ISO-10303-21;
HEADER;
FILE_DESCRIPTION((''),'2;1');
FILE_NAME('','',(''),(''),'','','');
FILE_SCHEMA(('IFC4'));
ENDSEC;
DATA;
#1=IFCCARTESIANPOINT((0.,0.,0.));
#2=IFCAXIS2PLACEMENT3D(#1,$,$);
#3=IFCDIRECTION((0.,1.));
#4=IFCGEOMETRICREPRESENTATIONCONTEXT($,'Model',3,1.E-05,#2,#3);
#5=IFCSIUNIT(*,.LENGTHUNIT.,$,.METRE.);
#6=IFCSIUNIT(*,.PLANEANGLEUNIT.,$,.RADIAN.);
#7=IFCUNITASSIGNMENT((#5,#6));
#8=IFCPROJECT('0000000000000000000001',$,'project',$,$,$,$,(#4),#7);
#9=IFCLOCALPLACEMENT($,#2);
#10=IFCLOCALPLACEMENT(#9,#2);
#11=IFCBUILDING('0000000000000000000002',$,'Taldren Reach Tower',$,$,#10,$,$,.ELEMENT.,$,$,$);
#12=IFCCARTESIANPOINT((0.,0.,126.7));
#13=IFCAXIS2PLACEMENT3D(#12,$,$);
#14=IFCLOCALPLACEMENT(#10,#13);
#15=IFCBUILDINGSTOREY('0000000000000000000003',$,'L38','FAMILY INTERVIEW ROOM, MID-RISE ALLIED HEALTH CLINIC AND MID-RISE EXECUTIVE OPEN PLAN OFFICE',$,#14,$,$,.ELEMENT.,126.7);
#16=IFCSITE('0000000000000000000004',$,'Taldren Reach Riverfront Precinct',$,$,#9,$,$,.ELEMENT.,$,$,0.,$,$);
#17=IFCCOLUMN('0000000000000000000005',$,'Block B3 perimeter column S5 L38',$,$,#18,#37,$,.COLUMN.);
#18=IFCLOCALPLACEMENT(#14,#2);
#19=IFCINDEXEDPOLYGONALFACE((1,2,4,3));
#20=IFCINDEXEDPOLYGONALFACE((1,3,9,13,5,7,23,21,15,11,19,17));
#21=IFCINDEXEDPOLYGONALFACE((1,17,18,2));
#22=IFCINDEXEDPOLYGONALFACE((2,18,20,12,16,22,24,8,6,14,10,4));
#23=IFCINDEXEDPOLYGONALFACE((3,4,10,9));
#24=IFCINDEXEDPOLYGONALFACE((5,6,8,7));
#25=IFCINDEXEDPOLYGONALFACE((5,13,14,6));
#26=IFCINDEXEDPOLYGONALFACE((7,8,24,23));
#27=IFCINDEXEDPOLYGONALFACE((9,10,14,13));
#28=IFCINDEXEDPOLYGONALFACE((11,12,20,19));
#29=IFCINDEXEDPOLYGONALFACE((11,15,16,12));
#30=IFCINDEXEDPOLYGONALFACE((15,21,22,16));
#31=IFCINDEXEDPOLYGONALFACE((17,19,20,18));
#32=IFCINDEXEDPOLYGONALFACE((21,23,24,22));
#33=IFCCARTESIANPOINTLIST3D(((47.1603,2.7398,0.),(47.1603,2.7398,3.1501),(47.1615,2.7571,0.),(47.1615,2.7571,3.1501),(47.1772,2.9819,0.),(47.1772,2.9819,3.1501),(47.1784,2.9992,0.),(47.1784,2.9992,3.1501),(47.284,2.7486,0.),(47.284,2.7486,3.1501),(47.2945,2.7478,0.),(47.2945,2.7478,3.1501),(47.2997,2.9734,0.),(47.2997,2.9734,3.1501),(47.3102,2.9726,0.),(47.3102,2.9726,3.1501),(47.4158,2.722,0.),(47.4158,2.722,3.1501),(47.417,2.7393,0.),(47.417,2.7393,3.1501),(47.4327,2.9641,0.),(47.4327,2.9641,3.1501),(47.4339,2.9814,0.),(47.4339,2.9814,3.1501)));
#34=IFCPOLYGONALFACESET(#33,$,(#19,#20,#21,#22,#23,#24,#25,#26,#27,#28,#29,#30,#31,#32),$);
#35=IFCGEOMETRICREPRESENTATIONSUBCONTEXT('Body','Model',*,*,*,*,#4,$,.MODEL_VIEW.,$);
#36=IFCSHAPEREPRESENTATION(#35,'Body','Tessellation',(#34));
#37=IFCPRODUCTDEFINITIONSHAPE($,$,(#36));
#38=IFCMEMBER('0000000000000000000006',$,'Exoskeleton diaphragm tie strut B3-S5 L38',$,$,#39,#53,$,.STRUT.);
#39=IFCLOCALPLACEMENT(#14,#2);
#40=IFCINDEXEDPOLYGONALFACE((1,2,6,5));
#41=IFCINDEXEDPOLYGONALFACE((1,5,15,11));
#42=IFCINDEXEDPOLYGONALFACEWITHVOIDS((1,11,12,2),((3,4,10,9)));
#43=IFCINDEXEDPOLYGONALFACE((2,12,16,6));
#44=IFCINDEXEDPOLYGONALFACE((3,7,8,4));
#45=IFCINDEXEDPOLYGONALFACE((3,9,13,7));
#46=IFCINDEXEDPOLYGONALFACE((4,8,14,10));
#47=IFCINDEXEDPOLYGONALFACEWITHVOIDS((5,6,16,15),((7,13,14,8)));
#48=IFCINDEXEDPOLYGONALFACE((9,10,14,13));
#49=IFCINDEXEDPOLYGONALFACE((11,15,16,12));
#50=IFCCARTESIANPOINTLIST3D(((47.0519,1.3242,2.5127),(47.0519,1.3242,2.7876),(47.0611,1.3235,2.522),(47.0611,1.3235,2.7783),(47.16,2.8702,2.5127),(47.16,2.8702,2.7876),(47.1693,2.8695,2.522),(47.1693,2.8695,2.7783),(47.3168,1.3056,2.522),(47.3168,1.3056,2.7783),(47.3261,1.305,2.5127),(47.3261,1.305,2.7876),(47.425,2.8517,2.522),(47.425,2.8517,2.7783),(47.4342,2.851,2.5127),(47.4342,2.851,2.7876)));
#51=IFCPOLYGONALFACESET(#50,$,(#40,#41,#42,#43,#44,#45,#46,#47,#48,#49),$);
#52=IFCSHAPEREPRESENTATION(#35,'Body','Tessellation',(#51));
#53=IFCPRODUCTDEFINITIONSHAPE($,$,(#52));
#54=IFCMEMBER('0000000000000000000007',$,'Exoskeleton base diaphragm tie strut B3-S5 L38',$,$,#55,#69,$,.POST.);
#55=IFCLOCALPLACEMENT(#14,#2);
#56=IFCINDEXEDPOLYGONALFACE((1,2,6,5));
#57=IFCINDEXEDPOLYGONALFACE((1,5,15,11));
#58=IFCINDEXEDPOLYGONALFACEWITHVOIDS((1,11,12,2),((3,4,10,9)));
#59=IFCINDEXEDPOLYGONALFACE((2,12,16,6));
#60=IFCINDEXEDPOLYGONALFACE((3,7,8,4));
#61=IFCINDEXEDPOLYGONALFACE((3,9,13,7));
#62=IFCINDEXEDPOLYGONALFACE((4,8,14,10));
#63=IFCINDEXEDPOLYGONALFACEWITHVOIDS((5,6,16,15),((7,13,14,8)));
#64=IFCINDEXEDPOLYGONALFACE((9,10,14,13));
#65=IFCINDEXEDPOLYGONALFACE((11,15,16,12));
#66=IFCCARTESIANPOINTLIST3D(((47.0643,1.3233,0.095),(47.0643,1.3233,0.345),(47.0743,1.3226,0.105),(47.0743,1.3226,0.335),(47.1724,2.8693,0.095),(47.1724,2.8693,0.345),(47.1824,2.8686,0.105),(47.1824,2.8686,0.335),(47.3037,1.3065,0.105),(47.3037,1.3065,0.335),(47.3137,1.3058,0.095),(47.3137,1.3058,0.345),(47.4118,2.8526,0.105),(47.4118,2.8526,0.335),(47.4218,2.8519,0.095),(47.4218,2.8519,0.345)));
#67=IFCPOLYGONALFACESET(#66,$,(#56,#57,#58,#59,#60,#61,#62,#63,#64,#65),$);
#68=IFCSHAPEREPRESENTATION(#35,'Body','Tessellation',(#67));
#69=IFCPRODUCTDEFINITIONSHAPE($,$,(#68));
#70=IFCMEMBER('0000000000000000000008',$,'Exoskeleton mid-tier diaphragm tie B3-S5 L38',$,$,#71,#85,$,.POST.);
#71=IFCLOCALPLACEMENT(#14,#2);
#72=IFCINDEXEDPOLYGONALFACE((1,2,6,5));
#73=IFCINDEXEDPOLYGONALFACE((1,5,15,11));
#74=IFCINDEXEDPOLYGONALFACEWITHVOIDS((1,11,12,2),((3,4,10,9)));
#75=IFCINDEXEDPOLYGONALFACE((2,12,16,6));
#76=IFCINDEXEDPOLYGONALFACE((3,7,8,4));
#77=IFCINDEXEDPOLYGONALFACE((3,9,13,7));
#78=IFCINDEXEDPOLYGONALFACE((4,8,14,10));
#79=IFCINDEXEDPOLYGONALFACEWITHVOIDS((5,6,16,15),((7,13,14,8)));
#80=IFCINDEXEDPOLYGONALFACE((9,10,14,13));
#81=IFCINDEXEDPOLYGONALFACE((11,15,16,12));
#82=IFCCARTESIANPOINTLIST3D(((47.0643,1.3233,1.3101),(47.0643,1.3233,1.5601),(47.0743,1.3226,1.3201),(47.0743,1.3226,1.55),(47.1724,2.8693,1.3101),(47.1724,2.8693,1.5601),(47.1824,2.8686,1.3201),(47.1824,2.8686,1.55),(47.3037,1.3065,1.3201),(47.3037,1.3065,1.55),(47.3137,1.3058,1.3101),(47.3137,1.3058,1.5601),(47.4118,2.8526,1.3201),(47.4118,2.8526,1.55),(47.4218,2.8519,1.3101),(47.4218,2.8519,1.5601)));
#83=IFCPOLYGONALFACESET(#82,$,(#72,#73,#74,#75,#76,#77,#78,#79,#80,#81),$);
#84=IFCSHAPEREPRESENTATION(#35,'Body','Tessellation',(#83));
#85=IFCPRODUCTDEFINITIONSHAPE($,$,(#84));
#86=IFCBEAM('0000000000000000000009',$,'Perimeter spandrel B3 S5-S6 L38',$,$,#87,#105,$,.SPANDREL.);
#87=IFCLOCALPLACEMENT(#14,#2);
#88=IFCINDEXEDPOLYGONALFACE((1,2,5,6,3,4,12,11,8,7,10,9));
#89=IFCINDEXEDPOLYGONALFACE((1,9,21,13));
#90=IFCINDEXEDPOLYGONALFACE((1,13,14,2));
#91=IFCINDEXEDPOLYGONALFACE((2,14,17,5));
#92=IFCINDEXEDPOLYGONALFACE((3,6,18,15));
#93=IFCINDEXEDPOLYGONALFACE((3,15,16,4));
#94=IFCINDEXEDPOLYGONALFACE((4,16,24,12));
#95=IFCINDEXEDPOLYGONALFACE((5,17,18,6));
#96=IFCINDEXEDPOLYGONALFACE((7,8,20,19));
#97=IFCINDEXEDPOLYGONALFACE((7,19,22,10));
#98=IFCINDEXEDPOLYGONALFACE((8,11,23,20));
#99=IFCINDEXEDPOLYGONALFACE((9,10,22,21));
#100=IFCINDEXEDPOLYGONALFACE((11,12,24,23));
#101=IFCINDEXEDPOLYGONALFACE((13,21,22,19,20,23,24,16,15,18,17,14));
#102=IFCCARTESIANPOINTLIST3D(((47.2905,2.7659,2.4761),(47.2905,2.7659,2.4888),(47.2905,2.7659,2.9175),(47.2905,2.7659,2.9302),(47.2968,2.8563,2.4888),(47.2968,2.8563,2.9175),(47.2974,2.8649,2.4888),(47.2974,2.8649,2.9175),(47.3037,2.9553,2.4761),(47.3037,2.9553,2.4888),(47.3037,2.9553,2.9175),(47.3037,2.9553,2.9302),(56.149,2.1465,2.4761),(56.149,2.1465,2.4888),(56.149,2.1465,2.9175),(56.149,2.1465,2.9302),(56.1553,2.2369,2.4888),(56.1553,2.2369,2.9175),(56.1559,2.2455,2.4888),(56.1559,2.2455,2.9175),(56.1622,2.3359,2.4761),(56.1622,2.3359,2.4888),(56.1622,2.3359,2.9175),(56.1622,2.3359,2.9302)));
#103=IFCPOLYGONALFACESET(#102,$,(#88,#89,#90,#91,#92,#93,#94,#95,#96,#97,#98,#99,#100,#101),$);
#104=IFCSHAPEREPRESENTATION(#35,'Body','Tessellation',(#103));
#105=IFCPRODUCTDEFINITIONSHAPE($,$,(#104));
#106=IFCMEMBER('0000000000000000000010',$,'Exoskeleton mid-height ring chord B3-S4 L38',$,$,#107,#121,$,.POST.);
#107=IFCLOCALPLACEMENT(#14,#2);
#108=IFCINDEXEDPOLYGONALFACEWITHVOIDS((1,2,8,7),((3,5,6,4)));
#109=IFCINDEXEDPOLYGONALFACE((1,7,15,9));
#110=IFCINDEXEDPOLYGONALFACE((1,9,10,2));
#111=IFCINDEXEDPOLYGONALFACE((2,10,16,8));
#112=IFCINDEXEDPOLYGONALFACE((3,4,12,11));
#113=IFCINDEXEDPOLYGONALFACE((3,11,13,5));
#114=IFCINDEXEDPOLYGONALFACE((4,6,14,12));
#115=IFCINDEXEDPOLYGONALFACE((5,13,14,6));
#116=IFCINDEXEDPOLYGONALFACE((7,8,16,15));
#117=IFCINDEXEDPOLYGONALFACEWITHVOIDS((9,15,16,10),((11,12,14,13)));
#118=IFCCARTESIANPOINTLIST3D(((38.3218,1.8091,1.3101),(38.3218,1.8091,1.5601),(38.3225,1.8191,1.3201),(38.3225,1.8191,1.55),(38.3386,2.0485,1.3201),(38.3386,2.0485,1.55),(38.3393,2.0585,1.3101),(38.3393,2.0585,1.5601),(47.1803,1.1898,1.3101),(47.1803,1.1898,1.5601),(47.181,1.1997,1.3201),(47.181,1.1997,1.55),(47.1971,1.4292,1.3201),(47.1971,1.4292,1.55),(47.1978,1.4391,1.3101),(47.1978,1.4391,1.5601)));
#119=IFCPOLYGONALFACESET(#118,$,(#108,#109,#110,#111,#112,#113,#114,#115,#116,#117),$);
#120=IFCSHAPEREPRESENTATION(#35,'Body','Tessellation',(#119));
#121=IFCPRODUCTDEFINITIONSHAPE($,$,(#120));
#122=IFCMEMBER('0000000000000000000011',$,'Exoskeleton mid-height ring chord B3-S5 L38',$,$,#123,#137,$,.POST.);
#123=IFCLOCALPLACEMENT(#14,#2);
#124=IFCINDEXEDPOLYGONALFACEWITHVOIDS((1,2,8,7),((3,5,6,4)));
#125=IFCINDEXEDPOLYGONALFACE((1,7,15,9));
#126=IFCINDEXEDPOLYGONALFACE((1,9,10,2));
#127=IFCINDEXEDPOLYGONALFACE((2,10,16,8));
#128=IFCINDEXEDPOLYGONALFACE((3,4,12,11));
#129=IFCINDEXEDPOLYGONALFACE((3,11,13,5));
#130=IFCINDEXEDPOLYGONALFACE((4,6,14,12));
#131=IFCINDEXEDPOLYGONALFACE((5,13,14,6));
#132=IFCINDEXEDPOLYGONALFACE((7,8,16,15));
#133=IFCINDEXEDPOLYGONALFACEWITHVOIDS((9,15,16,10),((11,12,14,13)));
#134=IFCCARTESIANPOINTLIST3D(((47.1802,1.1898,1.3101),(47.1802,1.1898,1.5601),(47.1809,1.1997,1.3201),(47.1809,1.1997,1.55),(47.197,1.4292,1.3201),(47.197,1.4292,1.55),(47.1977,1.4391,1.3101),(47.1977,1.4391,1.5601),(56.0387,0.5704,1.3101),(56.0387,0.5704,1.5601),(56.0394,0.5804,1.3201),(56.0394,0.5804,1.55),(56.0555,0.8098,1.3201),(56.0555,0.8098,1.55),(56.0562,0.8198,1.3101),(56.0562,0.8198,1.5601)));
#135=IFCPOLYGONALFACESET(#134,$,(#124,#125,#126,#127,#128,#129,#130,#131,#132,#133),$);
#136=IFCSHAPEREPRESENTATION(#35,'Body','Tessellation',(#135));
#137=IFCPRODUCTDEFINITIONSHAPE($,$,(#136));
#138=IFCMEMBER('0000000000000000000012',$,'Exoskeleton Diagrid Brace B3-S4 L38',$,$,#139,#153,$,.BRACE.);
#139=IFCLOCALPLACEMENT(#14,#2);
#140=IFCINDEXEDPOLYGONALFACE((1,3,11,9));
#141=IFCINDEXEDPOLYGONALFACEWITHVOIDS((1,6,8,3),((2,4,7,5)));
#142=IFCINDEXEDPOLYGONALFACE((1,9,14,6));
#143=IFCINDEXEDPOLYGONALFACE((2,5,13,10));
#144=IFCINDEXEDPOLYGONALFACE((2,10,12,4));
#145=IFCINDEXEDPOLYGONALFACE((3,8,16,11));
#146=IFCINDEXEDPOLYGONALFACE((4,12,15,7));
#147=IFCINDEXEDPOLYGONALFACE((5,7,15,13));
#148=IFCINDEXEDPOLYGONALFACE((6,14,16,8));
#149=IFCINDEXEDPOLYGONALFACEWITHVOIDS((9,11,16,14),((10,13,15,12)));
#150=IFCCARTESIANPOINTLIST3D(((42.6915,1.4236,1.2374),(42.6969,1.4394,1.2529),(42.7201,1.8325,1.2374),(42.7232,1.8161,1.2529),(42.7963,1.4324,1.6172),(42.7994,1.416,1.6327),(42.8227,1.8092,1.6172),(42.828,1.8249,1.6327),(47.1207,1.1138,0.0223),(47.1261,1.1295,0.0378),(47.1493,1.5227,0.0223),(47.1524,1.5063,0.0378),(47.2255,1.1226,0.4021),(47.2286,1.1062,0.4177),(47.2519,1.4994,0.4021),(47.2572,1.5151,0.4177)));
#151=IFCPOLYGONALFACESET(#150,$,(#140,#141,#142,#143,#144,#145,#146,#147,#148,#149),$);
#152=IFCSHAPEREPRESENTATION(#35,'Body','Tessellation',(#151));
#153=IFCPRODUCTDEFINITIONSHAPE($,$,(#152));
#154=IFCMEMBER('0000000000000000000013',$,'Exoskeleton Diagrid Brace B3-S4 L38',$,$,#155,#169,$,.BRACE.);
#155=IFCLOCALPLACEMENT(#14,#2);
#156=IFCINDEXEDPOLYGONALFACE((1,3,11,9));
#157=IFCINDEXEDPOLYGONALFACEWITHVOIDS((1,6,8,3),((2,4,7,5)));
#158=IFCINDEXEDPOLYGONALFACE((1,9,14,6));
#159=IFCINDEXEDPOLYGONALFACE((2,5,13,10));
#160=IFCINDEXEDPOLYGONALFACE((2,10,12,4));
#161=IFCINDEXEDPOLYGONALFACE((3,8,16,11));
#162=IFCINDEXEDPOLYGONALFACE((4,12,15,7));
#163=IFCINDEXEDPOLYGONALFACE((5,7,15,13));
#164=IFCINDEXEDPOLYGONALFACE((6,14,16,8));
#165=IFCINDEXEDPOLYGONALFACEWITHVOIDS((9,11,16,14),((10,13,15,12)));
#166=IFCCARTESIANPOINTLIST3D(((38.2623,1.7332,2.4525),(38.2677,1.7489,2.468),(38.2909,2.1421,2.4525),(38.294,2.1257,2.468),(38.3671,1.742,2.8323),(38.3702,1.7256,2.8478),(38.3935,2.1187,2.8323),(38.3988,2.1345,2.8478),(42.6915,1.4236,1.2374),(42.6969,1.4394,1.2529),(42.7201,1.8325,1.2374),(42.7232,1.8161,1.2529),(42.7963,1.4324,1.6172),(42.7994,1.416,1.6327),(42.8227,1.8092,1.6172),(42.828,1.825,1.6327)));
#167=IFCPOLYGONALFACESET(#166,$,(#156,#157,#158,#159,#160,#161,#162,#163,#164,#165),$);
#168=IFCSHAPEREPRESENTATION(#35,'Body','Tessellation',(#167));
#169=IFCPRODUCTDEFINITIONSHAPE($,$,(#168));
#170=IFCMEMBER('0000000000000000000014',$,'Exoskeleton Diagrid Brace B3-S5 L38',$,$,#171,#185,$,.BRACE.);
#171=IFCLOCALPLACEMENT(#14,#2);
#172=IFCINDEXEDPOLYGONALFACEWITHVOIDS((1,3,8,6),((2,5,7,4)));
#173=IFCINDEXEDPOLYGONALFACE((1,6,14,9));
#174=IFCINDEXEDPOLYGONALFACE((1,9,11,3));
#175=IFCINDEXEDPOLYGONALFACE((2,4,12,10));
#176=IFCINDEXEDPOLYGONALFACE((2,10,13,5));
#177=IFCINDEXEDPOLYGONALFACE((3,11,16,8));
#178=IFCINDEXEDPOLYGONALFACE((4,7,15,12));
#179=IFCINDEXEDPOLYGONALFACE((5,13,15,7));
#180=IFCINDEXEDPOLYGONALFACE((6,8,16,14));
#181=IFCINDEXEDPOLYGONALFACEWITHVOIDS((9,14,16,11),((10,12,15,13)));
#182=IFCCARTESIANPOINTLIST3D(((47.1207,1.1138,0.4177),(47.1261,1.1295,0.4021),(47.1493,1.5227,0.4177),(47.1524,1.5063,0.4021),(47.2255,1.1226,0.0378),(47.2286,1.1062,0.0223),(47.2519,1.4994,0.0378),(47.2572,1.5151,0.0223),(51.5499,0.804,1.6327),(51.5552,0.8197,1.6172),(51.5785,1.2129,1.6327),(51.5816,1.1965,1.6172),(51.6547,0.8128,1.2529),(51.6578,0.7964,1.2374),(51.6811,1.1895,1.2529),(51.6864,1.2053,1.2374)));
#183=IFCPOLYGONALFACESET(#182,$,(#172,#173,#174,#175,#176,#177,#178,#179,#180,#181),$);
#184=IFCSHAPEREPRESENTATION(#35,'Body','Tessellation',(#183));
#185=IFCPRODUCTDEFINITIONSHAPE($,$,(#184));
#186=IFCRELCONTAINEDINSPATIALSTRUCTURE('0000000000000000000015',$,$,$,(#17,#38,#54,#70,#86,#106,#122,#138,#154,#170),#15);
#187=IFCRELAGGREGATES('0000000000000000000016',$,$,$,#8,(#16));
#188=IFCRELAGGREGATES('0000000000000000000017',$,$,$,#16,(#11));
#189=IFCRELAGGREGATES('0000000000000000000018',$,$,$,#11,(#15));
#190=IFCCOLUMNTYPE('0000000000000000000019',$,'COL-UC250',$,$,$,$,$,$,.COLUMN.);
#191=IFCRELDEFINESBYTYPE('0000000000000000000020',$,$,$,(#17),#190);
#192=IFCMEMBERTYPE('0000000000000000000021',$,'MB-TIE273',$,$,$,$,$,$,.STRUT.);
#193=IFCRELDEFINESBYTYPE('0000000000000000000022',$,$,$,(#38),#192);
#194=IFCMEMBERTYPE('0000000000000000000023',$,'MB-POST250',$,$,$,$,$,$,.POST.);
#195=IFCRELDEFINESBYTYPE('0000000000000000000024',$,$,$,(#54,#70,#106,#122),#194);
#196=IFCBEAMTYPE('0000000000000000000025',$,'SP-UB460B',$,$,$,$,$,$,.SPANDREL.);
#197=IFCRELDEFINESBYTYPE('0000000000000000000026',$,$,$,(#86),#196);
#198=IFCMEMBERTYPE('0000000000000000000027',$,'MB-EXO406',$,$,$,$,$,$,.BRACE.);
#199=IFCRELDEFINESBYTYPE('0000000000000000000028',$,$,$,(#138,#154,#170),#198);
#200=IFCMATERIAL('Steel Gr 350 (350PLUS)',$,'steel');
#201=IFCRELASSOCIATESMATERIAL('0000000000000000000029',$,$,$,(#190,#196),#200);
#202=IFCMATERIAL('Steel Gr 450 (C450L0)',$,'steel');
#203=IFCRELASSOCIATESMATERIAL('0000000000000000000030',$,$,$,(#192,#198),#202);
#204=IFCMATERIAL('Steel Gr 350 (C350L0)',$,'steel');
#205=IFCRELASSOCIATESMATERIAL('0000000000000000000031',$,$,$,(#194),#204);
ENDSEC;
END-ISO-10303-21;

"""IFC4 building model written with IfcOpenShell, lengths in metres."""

from ifc_helpers import new_model, si_unit, direction, frame, origin, origin_2d, place, context, subcontext, project, spatial, hollow_rectangle, i_section, extrude, source, transform, mapped, material, material_profile, profile_set, type_object, element, save


model = new_model("IFC4")

# Units and contexts
model_context = context("Model", 3, precision=1e-05, world=origin(), true_north=direction((0.0, 1.0)))
body_context = subcontext(model_context, "Body", "Model", "MODEL_VIEW")
ifc_project = project(units=[si_unit("LENGTHUNIT", "METRE"), si_unit("PLANEANGLEUNIT", "RADIAN")], contexts=[model_context])

# Site, building, storey
site_placement = place(None, origin())
site = spatial("IfcSite", under=ifc_project, at=site_placement, Name="Taldren Reach Riverfront Precinct", CompositionType="ELEMENT", RefElevation=0.0)
building_placement = place(site_placement, origin())
building = spatial("IfcBuilding", under=site, at=building_placement, Name="Taldren Reach Tower", CompositionType="ELEMENT")
storey_placement = place(building_placement, frame((0.0, 0.0, 126.7)))
storey = spatial("IfcBuildingStorey", under=building, at=storey_placement, Name="L38", Description="FAMILY INTERVIEW ROOM, MID-RISE ALLIED HEALTH CLINIC AND MID-RISE EXECUTIVE OPEN PLAN OFFICE", CompositionType="ELEMENT", Elevation=126.7)

# Column
ifc_material_1 = material(Name="Steel Gr 350 (350PLUS)", Category="steel")
ifc_material_profile_1 = material_profile(ifc_material_1, i_section(OverallWidth=0.2561, OverallDepth=0.26, WebThickness=0.0105, FlangeThickness=0.0173, at=origin_2d()), Name="250UC89.5")
ifc_profile_set_1 = profile_set([ifc_material_profile_1], Name="Steel Gr 350 (350PLUS)")
column_type = type_object("IfcColumnType", Name="COL-UC250", PredefinedType="COLUMN", material=ifc_profile_set_1)
shared_shape_1 = source(origin(), body_context, "Body", "SweptSolid", [
    extrude(i_section(OverallWidth=0.2561, OverallDepth=0.26, WebThickness=0.0105, FlangeThickness=0.0173, at=origin_2d()), origin(), (0.0, 0.0, 1.0), 3.1501),
])
column_placement = place(storey_placement, frame((47.2971, 2.8606, 0.0), z_axis=(0.0, 0.0, 1.0), x_axis=(0.997564, -0.069756, 0.0)))
element("IfcColumn", 1, at=column_placement, inside=storey, type_object=column_type, Name="Block B3 perimeter column S5 L38", PredefinedType="COLUMN", context=body_context, shape_type="MappedRepresentation", body=[
    mapped(shared_shape_1, transform((0.0, 0.0, 0.0), scale=1.0)),
])

# Members
ifc_material_2 = material(Name="Steel Gr 450 (C450L0)", Category="steel")
ifc_material_profile_2 = material_profile(ifc_material_2, hollow_rectangle(XDim=0.2749, YDim=0.2749, WallThickness=0.0093, at=origin_2d()), Name="275x275x9.3SHS")
ifc_profile_set_2 = profile_set([ifc_material_profile_2], Name="Steel Gr 450 (C450L0)")
member_type_1 = type_object("IfcMemberType", Name="MB-TIE273", PredefinedType="STRUT", material=ifc_profile_set_2)
shared_shape_2 = source(origin(), body_context, "Body", "SweptSolid", [
    extrude(hollow_rectangle(XDim=0.2749, YDim=0.2749, WallThickness=0.0093, at=origin_2d()), origin(), (0.0, 0.0, 1.0), 1.5498),
])
member_1_placement = place(storey_placement, frame((47.2971, 2.8606, 2.6501), z_axis=(-0.069781, -0.997562, 0.0), x_axis=(0.997562, -0.069781, 0.0)))
element("IfcMember", 2, at=member_1_placement, inside=storey, type_object=member_type_1, Name="Exoskeleton diaphragm tie strut B3-S5 L38", PredefinedType="STRUT", context=body_context, shape_type="MappedRepresentation", body=[
    mapped(shared_shape_2, transform((0.0, 0.0, 0.0), scale=1.0)),
])
ifc_material_3 = material(Name="Steel Gr 350 (C350L0)", Category="steel")
ifc_material_profile_3 = material_profile(ifc_material_3, hollow_rectangle(XDim=0.25, YDim=0.25, WallThickness=0.01, at=origin_2d()), Name="250x250x10.0SHS")
ifc_profile_set_3 = profile_set([ifc_material_profile_3], Name="Steel Gr 350 (C350L0)")
member_type_2 = type_object("IfcMemberType", Name="MB-POST250", PredefinedType="POST", material=ifc_profile_set_3)
shared_shape_3 = source(origin(), body_context, "Body", "SweptSolid", [
    extrude(hollow_rectangle(XDim=0.25, YDim=0.25, WallThickness=0.01, at=origin_2d()), origin(), (0.0, 0.0, 1.0), 1.5498),
])
for number, where, z_axis, x_axis, name in (
    (3, (47.2971, 2.8606, 0.22), (-0.069781, -0.997562, 0.0), (0.997562, -0.069781, 0.0), "Exoskeleton base diaphragm tie strut B3-S5 L38"),
    (4, (47.2971, 2.8606, 1.4351), (-0.069781, -0.997562, 0.0), (0.997562, -0.069781, 0.0), "Exoskeleton mid-tier diaphragm tie B3-S5 L38"),
):
    element("IfcMember", number, at=place(storey_placement, frame(where, z_axis=z_axis, x_axis=x_axis)), inside=storey, type_object=member_type_2, Name=name, PredefinedType="POST", context=body_context, shape_type="MappedRepresentation", body=[
        mapped(shared_shape_3, transform((0.0, 0.0, 0.0), scale=1.0)),
    ])

# Beam
ifc_material_profile_4 = material_profile(ifc_material_1, i_section(OverallWidth=0.1899, OverallDepth=0.4541, WebThickness=0.0085, FlangeThickness=0.0127, at=origin_2d()), Name="460UB67.1")
ifc_profile_set_4 = profile_set([ifc_material_profile_4], Name="Steel Gr 350 (350PLUS)")
beam_type = type_object("IfcBeamType", Name="SP-UB460B", PredefinedType="SPANDREL", material=ifc_profile_set_4)
shared_shape_4 = source(origin(), body_context, "Body", "SweptSolid", [
    extrude(i_section(OverallWidth=0.1899, OverallDepth=0.4541, WebThickness=0.0085, FlangeThickness=0.0127, at=origin_2d()), origin(), (0.0, 0.0, 1.0), 8.8801),
])
beam_placement = place(storey_placement, frame((47.2971, 2.8606, 2.7031), z_axis=(0.997564, -0.06975, 0.0), x_axis=(0.06975, 0.997564, 0.0)))
element("IfcBeam", 5, at=beam_placement, inside=storey, type_object=beam_type, Name="Perimeter spandrel B3 S5-S6 L38", PredefinedType="SPANDREL", context=body_context, shape_type="MappedRepresentation", body=[
    mapped(shared_shape_4, transform((0.0, 0.0, 0.0), scale=1.0)),
])

# Members
shared_shape_5 = source(origin(), body_context, "Body", "SweptSolid", [
    extrude(hollow_rectangle(XDim=0.25, YDim=0.25, WallThickness=0.01, at=origin_2d()), origin(), (0.0, 0.0, 1.0), 8.8801),
])
for number, where, z_axis, x_axis, name in (
    (6, (38.3306, 1.9338, 1.4351), (0.997564, -0.06975, 0.0), (0.06975, 0.997564, 0.0), "Exoskeleton mid-height ring chord B3-S4 L38"),
    (7, (47.189, 1.3145, 1.4351), (0.997564, -0.06975, 0.0), (0.06975, 0.997564, 0.0), "Exoskeleton mid-height ring chord B3-S5 L38"),
):
    element("IfcMember", number, at=place(storey_placement, frame(where, z_axis=z_axis, x_axis=x_axis)), inside=storey, type_object=member_type_2, Name=name, PredefinedType="POST", context=body_context, shape_type="MappedRepresentation", body=[
        mapped(shared_shape_5, transform((0.0, 0.0, 0.0), scale=1.0)),
    ])
ifc_material_profile_5 = material_profile(ifc_material_2, hollow_rectangle(XDim=0.4099, YDim=0.4099, WallThickness=0.0161, at=origin_2d()), Name="410x410x16.0SHS")
ifc_profile_set_5 = profile_set([ifc_material_profile_5], Name="Steel Gr 450 (C450L0)")
member_type_3 = type_object("IfcMemberType", Name="MB-EXO406", PredefinedType="BRACE", material=ifc_profile_set_5)
shared_shape_6 = source(origin(), body_context, "Body", "SweptSolid", [
    extrude(hollow_rectangle(XDim=0.4099, YDim=0.4099, WallThickness=0.0161, at=origin_2d()), origin(), (0.0, 0.0, 1.0), 4.6033),
])
for number, where, z_axis, x_axis, name in (
    (8, (47.189, 1.3145, 0.22), (-0.962182, 0.067303, 0.263961), (-0.069778, -0.997563, 0.0), "Exoskeleton Diagrid Brace B3-S4 L38"),
    (9, (42.7598, 1.6243, 1.4351), (-0.962186, 0.06725, 0.263962), (-0.069723, -0.997566, 0.0), "Exoskeleton Diagrid Brace B3-S4 L38"),
    (10, (47.189, 1.3145, 0.22), (0.962182, -0.067303, 0.263961), (0.069778, 0.997563, 0.0), "Exoskeleton Diagrid Brace B3-S5 L38"),
):
    element("IfcMember", number, at=place(storey_placement, frame(where, z_axis=z_axis, x_axis=x_axis)), inside=storey, type_object=member_type_3, Name=name, PredefinedType="BRACE", context=body_context, shape_type="MappedRepresentation", body=[
        mapped(shared_shape_6, transform((0.0, 0.0, 0.0), scale=1.0)),
    ])

save(model, "model.ifc")
